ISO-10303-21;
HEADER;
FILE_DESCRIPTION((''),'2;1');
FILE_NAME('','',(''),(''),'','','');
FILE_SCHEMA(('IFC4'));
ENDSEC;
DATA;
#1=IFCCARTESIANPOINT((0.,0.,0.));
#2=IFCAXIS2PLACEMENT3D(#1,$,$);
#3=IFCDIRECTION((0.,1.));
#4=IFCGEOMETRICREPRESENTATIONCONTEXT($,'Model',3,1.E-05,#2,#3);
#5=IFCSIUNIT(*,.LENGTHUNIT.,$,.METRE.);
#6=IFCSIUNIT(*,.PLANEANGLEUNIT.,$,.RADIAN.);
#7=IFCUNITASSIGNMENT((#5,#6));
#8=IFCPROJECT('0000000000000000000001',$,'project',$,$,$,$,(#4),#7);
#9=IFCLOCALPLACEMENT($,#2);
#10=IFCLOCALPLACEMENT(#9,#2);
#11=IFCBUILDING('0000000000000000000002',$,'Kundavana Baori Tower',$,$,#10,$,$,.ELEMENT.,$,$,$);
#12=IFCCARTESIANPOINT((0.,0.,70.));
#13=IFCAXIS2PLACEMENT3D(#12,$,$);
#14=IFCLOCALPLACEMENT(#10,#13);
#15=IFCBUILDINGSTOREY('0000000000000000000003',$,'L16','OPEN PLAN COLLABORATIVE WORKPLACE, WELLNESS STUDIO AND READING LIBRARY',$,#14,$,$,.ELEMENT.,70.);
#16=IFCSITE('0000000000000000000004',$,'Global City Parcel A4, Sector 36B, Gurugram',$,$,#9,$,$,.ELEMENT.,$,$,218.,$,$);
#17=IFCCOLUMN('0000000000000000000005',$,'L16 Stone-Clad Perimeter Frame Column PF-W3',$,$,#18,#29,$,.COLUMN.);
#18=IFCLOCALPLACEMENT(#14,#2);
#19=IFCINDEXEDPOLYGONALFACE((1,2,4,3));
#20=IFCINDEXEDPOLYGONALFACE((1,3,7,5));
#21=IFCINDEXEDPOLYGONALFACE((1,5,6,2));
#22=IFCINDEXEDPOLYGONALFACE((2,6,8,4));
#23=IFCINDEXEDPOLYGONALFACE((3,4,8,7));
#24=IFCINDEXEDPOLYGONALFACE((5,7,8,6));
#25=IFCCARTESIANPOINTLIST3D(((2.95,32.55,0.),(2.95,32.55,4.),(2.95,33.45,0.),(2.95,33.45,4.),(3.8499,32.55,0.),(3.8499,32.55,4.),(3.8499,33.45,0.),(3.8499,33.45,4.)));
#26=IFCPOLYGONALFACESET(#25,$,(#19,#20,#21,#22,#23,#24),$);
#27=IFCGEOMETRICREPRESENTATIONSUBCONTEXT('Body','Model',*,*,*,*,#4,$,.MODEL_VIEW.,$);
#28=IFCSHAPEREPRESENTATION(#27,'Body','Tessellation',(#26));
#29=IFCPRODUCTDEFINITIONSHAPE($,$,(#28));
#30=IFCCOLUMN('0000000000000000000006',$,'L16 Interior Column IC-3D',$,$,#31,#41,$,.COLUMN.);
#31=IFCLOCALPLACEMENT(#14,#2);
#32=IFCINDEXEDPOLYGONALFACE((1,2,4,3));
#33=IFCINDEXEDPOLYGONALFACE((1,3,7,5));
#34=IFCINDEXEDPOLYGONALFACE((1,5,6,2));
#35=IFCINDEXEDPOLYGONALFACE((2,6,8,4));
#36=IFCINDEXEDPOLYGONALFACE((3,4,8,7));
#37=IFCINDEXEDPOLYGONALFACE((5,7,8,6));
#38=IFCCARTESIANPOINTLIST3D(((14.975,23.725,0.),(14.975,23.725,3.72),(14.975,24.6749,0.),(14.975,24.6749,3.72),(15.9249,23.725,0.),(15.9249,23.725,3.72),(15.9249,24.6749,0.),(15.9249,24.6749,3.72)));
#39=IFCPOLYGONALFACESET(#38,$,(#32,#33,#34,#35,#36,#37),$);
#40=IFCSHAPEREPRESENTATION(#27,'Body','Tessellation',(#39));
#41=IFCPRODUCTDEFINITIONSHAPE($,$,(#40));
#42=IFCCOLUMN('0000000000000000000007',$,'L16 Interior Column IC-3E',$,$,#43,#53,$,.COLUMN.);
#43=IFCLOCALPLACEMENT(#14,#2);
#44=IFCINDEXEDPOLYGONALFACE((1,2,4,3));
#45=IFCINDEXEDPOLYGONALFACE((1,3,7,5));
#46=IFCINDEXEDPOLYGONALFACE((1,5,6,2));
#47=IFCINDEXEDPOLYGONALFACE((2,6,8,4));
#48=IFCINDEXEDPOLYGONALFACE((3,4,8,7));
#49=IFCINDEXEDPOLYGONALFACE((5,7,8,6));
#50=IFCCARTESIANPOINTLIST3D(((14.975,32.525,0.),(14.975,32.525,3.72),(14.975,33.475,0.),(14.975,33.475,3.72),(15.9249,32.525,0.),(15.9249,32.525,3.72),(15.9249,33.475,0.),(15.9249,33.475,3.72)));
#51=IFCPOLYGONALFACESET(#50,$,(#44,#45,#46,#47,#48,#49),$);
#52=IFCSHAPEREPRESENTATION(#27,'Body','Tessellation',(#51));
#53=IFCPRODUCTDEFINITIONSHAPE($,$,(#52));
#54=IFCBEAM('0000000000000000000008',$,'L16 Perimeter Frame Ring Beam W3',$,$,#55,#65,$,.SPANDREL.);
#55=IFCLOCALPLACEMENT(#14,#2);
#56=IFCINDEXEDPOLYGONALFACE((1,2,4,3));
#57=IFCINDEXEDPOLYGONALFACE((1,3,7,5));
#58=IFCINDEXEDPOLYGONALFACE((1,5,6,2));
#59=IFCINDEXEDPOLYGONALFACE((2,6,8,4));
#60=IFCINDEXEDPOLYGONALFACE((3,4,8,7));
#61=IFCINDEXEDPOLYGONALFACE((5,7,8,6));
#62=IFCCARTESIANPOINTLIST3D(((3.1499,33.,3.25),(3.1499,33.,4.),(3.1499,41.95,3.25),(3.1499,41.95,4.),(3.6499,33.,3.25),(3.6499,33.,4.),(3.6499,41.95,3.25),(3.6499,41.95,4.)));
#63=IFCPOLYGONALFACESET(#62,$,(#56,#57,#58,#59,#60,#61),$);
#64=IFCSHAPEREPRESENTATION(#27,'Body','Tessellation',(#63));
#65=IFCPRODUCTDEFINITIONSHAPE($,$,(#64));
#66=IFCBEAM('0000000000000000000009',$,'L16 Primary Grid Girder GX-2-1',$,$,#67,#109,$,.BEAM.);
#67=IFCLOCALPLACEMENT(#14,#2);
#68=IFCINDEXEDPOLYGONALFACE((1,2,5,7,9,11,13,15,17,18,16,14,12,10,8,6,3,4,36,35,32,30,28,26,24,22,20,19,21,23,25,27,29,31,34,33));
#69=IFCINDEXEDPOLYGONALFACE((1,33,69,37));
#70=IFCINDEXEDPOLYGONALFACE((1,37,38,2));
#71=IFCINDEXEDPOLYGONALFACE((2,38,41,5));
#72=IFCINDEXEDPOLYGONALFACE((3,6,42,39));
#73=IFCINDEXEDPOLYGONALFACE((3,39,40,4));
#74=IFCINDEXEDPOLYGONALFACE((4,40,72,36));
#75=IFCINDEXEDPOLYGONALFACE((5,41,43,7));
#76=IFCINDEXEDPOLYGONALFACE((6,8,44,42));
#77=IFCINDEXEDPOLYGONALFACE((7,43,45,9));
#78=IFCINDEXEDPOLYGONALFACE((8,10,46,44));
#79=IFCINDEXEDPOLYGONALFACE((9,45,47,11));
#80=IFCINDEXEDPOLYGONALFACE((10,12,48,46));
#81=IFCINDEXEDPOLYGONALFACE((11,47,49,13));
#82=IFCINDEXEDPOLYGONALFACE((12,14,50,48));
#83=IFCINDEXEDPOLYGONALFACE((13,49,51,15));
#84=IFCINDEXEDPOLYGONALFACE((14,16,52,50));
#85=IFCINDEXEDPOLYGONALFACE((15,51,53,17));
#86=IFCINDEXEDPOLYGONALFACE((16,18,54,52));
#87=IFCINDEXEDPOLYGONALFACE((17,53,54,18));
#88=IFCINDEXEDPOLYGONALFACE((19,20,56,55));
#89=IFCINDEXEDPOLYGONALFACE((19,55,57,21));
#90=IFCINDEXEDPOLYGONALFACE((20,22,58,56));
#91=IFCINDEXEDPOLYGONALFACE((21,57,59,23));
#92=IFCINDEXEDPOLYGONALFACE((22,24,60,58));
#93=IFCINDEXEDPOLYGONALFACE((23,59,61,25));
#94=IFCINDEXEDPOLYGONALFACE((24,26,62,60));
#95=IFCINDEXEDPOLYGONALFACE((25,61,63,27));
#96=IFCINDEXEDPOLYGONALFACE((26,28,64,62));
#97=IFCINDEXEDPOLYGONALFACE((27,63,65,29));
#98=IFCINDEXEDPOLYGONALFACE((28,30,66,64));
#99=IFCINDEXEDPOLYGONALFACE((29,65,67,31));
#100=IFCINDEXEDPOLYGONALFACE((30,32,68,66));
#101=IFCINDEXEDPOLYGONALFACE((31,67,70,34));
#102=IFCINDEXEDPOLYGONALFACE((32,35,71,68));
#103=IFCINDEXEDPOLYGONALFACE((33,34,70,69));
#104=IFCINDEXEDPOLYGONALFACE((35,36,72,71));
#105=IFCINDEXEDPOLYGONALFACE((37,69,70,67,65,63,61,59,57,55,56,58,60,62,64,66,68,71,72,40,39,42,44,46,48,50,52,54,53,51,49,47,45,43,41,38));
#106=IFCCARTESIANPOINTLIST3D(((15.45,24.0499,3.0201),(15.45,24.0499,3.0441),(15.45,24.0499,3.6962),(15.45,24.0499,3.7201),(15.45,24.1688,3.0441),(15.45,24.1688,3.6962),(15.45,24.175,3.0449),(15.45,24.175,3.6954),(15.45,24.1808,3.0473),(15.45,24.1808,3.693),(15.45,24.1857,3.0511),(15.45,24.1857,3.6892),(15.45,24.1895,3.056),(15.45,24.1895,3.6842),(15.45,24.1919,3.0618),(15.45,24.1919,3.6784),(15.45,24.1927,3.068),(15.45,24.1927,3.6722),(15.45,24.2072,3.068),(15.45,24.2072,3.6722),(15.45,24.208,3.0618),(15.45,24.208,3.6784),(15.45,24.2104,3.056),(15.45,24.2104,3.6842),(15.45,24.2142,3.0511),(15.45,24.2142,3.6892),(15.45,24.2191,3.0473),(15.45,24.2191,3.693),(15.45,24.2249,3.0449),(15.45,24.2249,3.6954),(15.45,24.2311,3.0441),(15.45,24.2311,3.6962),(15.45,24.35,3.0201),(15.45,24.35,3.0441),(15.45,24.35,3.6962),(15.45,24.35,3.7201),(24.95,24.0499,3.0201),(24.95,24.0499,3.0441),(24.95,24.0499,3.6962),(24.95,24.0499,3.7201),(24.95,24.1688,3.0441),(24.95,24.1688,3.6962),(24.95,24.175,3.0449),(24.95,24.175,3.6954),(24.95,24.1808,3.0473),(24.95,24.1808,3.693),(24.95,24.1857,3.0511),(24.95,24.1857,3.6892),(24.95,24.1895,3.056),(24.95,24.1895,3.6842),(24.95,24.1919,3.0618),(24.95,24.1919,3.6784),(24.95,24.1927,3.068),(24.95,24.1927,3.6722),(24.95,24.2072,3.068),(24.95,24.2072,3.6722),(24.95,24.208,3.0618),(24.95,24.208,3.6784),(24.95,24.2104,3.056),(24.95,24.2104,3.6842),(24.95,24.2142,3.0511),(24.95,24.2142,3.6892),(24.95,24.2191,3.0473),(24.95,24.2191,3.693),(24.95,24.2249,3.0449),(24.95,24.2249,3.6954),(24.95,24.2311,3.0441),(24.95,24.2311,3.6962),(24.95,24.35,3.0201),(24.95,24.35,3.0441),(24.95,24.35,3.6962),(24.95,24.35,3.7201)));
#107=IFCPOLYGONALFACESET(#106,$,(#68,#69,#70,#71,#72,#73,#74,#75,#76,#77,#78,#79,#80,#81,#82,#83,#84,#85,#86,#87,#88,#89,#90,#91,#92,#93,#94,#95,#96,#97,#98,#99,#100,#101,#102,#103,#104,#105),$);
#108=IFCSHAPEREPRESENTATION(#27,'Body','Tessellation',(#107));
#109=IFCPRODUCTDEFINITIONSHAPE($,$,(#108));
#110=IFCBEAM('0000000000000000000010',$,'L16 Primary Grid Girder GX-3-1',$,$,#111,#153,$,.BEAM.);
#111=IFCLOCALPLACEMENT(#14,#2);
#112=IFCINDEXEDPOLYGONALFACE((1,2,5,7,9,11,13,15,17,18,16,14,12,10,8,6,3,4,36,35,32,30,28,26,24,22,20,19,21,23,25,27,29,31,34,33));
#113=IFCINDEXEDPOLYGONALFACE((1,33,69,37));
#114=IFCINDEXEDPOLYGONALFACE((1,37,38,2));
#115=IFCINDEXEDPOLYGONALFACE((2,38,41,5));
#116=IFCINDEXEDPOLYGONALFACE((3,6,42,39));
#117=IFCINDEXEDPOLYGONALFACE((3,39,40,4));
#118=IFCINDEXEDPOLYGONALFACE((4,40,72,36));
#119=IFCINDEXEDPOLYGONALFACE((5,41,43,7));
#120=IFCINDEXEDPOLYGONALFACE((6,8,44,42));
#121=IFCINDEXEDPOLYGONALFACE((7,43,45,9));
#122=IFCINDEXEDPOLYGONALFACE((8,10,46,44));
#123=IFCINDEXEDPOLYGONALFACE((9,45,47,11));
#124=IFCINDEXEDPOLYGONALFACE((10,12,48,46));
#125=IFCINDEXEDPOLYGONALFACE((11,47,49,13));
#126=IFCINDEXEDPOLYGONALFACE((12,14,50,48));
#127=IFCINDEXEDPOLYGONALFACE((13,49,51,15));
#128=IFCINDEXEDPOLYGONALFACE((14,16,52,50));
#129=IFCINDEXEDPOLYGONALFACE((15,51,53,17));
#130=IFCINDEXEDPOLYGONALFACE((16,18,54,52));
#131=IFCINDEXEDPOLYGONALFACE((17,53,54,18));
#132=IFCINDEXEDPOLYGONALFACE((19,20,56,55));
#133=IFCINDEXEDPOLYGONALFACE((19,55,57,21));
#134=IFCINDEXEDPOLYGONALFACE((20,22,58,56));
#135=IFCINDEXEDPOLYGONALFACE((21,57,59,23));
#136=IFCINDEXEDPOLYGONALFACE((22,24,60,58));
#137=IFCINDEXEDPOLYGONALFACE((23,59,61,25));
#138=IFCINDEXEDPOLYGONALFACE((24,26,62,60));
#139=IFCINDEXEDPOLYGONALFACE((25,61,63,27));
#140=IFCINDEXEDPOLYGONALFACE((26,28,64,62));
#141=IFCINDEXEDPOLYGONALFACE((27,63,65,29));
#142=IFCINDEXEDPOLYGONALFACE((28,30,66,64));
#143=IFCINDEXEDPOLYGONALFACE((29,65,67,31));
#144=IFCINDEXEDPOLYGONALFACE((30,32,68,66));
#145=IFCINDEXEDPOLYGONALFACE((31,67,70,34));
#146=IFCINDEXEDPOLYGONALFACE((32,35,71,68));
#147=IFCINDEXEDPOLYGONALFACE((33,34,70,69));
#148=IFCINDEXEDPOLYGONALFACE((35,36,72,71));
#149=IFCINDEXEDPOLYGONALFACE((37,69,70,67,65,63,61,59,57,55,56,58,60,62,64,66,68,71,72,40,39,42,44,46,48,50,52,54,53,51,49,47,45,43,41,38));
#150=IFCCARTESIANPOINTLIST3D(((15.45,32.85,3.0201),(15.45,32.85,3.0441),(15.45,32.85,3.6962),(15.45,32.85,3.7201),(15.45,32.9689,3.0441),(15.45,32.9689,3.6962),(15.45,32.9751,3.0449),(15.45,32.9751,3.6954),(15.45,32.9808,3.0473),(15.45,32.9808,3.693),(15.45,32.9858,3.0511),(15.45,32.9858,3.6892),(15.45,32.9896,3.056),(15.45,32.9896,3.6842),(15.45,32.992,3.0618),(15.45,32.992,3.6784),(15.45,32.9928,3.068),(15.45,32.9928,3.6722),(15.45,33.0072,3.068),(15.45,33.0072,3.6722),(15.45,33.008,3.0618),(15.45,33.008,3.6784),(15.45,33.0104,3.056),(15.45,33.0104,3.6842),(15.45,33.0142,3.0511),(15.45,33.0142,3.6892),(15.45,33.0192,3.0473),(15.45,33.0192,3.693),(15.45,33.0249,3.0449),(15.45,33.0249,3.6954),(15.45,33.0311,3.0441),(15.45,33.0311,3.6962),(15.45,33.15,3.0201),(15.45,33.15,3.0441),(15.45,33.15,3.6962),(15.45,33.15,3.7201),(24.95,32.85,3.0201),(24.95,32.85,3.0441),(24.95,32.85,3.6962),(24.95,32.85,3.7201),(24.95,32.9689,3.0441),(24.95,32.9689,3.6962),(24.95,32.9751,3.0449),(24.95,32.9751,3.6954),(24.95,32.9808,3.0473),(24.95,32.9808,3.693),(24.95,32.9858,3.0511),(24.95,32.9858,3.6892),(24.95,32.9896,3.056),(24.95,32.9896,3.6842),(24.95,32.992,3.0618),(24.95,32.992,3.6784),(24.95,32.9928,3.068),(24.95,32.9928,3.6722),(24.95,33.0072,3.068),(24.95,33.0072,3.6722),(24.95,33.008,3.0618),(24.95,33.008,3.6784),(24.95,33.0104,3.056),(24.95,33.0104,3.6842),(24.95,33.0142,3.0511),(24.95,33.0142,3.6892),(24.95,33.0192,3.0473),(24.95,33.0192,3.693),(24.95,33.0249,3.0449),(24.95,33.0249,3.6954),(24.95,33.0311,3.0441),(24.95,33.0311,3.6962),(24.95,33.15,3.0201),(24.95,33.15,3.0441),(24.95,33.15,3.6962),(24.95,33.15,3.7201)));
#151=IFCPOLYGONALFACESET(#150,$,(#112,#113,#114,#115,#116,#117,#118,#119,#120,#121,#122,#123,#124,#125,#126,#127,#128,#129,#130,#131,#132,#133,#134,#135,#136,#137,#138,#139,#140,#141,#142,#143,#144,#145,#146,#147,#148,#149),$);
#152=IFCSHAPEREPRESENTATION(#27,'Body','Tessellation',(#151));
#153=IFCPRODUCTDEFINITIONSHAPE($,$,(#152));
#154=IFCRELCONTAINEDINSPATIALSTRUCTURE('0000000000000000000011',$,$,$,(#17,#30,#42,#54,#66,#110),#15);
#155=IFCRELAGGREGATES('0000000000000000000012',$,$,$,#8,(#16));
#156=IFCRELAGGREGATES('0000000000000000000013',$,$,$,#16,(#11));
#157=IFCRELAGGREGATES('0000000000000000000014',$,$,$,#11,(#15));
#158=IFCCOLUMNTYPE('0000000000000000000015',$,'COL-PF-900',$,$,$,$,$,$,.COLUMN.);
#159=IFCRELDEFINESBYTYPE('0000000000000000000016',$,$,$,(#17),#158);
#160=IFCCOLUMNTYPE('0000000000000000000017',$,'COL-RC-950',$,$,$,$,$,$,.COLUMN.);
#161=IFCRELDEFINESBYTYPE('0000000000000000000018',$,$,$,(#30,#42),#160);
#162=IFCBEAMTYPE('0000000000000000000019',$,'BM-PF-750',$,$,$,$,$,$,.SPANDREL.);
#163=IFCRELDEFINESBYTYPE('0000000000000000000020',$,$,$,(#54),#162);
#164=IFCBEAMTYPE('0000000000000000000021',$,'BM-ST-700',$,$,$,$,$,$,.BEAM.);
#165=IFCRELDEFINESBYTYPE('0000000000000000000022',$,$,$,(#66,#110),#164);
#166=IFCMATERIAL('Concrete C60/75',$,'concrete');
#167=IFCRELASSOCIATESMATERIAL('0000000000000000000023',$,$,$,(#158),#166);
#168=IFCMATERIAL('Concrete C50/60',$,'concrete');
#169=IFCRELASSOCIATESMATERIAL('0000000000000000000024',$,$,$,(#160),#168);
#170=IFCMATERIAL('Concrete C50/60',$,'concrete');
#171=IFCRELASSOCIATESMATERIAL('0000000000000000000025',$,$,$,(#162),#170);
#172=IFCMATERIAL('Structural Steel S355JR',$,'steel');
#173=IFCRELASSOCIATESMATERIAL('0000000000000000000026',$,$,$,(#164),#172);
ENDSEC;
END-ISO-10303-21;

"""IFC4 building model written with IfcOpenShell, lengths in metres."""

from ifc_helpers import new_model, si_unit, direction, frame, origin, origin_2d, place, context, subcontext, project, spatial, rectangle, i_section, extrude, material, material_profile, profile_set, type_object, element, save


model = new_model("IFC4")

# Units and contexts
model_context = context("Model", 3, precision=1e-05, world=origin(), true_north=direction((0.0, 1.0)))
body_context = subcontext(model_context, "Body", "Model", "MODEL_VIEW")
ifc_project = project(units=[si_unit("LENGTHUNIT", "METRE"), si_unit("PLANEANGLEUNIT", "RADIAN")], contexts=[model_context])

# Site, building, storey
site_placement = place(None, origin())
site = spatial("IfcSite", under=ifc_project, at=site_placement, Name="Global City Parcel A4, Sector 36B, Gurugram", CompositionType="ELEMENT", RefElevation=218.0)
building_placement = place(site_placement, origin())
building = spatial("IfcBuilding", under=site, at=building_placement, Name="Kundavana Baori Tower", CompositionType="ELEMENT")
storey_placement = place(building_placement, frame((0.0, 0.0, 70.0)))
storey = spatial("IfcBuildingStorey", under=building, at=storey_placement, Name="L16", Description="OPEN PLAN COLLABORATIVE WORKPLACE, WELLNESS STUDIO AND READING LIBRARY", CompositionType="ELEMENT", Elevation=70.0)

# Columns
ifc_material_1 = material(Name="Concrete C60/75", Category="concrete")
ifc_material_profile_1 = material_profile(ifc_material_1, rectangle(XDim=0.8999, YDim=0.8999, at=origin_2d()), Name="RC PF 900x900")
ifc_profile_set_1 = profile_set([ifc_material_profile_1], Name="Concrete C60/75")
column_type_1 = type_object("IfcColumnType", Name="COL-PF-900", PredefinedType="COLUMN", material=ifc_profile_set_1)
column_placement = place(storey_placement, frame((3.3999, 33.0, 0.0), z_axis=(0.0, 0.0, 1.0), x_axis=(1.0, 0.0, 0.0)))
element("IfcColumn", 1, at=column_placement, inside=storey, type_object=column_type_1, Name="L16 Stone-Clad Perimeter Frame Column PF-W3", PredefinedType="COLUMN", context=body_context, shape_type="SweptSolid", body=[
    extrude(rectangle(XDim=0.8999, YDim=0.8999, at=origin_2d()), origin(), (0.0, 0.0, 1.0), 4.0),
])
ifc_material_2 = material(Name="Concrete C50/60", Category="concrete")
ifc_material_profile_2 = material_profile(ifc_material_2, rectangle(XDim=0.95, YDim=0.95, at=origin_2d()), Name="RC 950x950")
ifc_profile_set_2 = profile_set([ifc_material_profile_2], Name="Concrete C50/60")
column_type_2 = type_object("IfcColumnType", Name="COL-RC-950", PredefinedType="COLUMN", material=ifc_profile_set_2)
for number, where, z_axis, x_axis, name in (
    (2, (15.45, 24.2, 0.0), (0.0, 0.0, 1.0), (1.0, 0.0, 0.0), "L16 Interior Column IC-3D"),
    (3, (15.45, 33.0, 0.0), (0.0, 0.0, 1.0), (1.0, 0.0, 0.0), "L16 Interior Column IC-3E"),
):
    element("IfcColumn", number, at=place(storey_placement, frame(where, z_axis=z_axis, x_axis=x_axis)), inside=storey, type_object=column_type_2, Name=name, PredefinedType="COLUMN", context=body_context, shape_type="SweptSolid", body=[
        extrude(rectangle(XDim=0.95, YDim=0.95, at=origin_2d()), origin(), (0.0, 0.0, 1.0), 3.72),
    ])

# Beams
ifc_material_3 = material(Name="Concrete C50/60", Category="concrete")
ifc_material_profile_3 = material_profile(ifc_material_3, rectangle(XDim=0.5, YDim=0.75, at=origin_2d()), Name="RC BM 500x750")
ifc_profile_set_3 = profile_set([ifc_material_profile_3], Name="Concrete C50/60")
beam_type_1 = type_object("IfcBeamType", Name="BM-PF-750", PredefinedType="SPANDREL", material=ifc_profile_set_3)
beam_placement = place(storey_placement, frame((3.3999, 33.0, 3.625), z_axis=(0.0, 1.0, 0.0), x_axis=(-1.0, 0.0, 0.0)))
element("IfcBeam", 4, at=beam_placement, inside=storey, type_object=beam_type_1, Name="L16 Perimeter Frame Ring Beam W3", PredefinedType="SPANDREL", context=body_context, shape_type="SweptSolid", body=[
    extrude(rectangle(XDim=0.5, YDim=0.75, at=origin_2d()), origin(), (0.0, 0.0, 1.0), 8.95),
])
ifc_material_4 = material(Name="Structural Steel S355JR", Category="steel")
ifc_material_profile_4 = material_profile(ifc_material_4, i_section(OverallWidth=0.3, OverallDepth=0.7, WebThickness=0.0144, FlangeThickness=0.0239, FilletRadius=0.0239, at=origin_2d()), Name="NPB 700x300x170")
ifc_profile_set_4 = profile_set([ifc_material_profile_4], Name="Structural Steel S355JR")
beam_type_2 = type_object("IfcBeamType", Name="BM-ST-700", PredefinedType="BEAM", material=ifc_profile_set_4)
for number, where, z_axis, x_axis, name in (
    (5, (15.45, 24.2, 3.3701), (1.0, 0.0, 0.0), (0.0, 1.0, 0.0), "L16 Primary Grid Girder GX-2-1"),
    (6, (15.45, 33.0, 3.3701), (1.0, 0.0, 0.0), (0.0, 1.0, 0.0), "L16 Primary Grid Girder GX-3-1"),
):
    element("IfcBeam", number, at=place(storey_placement, frame(where, z_axis=z_axis, x_axis=x_axis)), inside=storey, type_object=beam_type_2, Name=name, PredefinedType="BEAM", context=body_context, shape_type="SweptSolid", body=[
        extrude(i_section(OverallWidth=0.3, OverallDepth=0.7, WebThickness=0.0144, FlangeThickness=0.0239, FilletRadius=0.0239, at=origin_2d()), origin(), (0.0, 0.0, 1.0), 9.5),
    ])

save(model, "model.ifc")
